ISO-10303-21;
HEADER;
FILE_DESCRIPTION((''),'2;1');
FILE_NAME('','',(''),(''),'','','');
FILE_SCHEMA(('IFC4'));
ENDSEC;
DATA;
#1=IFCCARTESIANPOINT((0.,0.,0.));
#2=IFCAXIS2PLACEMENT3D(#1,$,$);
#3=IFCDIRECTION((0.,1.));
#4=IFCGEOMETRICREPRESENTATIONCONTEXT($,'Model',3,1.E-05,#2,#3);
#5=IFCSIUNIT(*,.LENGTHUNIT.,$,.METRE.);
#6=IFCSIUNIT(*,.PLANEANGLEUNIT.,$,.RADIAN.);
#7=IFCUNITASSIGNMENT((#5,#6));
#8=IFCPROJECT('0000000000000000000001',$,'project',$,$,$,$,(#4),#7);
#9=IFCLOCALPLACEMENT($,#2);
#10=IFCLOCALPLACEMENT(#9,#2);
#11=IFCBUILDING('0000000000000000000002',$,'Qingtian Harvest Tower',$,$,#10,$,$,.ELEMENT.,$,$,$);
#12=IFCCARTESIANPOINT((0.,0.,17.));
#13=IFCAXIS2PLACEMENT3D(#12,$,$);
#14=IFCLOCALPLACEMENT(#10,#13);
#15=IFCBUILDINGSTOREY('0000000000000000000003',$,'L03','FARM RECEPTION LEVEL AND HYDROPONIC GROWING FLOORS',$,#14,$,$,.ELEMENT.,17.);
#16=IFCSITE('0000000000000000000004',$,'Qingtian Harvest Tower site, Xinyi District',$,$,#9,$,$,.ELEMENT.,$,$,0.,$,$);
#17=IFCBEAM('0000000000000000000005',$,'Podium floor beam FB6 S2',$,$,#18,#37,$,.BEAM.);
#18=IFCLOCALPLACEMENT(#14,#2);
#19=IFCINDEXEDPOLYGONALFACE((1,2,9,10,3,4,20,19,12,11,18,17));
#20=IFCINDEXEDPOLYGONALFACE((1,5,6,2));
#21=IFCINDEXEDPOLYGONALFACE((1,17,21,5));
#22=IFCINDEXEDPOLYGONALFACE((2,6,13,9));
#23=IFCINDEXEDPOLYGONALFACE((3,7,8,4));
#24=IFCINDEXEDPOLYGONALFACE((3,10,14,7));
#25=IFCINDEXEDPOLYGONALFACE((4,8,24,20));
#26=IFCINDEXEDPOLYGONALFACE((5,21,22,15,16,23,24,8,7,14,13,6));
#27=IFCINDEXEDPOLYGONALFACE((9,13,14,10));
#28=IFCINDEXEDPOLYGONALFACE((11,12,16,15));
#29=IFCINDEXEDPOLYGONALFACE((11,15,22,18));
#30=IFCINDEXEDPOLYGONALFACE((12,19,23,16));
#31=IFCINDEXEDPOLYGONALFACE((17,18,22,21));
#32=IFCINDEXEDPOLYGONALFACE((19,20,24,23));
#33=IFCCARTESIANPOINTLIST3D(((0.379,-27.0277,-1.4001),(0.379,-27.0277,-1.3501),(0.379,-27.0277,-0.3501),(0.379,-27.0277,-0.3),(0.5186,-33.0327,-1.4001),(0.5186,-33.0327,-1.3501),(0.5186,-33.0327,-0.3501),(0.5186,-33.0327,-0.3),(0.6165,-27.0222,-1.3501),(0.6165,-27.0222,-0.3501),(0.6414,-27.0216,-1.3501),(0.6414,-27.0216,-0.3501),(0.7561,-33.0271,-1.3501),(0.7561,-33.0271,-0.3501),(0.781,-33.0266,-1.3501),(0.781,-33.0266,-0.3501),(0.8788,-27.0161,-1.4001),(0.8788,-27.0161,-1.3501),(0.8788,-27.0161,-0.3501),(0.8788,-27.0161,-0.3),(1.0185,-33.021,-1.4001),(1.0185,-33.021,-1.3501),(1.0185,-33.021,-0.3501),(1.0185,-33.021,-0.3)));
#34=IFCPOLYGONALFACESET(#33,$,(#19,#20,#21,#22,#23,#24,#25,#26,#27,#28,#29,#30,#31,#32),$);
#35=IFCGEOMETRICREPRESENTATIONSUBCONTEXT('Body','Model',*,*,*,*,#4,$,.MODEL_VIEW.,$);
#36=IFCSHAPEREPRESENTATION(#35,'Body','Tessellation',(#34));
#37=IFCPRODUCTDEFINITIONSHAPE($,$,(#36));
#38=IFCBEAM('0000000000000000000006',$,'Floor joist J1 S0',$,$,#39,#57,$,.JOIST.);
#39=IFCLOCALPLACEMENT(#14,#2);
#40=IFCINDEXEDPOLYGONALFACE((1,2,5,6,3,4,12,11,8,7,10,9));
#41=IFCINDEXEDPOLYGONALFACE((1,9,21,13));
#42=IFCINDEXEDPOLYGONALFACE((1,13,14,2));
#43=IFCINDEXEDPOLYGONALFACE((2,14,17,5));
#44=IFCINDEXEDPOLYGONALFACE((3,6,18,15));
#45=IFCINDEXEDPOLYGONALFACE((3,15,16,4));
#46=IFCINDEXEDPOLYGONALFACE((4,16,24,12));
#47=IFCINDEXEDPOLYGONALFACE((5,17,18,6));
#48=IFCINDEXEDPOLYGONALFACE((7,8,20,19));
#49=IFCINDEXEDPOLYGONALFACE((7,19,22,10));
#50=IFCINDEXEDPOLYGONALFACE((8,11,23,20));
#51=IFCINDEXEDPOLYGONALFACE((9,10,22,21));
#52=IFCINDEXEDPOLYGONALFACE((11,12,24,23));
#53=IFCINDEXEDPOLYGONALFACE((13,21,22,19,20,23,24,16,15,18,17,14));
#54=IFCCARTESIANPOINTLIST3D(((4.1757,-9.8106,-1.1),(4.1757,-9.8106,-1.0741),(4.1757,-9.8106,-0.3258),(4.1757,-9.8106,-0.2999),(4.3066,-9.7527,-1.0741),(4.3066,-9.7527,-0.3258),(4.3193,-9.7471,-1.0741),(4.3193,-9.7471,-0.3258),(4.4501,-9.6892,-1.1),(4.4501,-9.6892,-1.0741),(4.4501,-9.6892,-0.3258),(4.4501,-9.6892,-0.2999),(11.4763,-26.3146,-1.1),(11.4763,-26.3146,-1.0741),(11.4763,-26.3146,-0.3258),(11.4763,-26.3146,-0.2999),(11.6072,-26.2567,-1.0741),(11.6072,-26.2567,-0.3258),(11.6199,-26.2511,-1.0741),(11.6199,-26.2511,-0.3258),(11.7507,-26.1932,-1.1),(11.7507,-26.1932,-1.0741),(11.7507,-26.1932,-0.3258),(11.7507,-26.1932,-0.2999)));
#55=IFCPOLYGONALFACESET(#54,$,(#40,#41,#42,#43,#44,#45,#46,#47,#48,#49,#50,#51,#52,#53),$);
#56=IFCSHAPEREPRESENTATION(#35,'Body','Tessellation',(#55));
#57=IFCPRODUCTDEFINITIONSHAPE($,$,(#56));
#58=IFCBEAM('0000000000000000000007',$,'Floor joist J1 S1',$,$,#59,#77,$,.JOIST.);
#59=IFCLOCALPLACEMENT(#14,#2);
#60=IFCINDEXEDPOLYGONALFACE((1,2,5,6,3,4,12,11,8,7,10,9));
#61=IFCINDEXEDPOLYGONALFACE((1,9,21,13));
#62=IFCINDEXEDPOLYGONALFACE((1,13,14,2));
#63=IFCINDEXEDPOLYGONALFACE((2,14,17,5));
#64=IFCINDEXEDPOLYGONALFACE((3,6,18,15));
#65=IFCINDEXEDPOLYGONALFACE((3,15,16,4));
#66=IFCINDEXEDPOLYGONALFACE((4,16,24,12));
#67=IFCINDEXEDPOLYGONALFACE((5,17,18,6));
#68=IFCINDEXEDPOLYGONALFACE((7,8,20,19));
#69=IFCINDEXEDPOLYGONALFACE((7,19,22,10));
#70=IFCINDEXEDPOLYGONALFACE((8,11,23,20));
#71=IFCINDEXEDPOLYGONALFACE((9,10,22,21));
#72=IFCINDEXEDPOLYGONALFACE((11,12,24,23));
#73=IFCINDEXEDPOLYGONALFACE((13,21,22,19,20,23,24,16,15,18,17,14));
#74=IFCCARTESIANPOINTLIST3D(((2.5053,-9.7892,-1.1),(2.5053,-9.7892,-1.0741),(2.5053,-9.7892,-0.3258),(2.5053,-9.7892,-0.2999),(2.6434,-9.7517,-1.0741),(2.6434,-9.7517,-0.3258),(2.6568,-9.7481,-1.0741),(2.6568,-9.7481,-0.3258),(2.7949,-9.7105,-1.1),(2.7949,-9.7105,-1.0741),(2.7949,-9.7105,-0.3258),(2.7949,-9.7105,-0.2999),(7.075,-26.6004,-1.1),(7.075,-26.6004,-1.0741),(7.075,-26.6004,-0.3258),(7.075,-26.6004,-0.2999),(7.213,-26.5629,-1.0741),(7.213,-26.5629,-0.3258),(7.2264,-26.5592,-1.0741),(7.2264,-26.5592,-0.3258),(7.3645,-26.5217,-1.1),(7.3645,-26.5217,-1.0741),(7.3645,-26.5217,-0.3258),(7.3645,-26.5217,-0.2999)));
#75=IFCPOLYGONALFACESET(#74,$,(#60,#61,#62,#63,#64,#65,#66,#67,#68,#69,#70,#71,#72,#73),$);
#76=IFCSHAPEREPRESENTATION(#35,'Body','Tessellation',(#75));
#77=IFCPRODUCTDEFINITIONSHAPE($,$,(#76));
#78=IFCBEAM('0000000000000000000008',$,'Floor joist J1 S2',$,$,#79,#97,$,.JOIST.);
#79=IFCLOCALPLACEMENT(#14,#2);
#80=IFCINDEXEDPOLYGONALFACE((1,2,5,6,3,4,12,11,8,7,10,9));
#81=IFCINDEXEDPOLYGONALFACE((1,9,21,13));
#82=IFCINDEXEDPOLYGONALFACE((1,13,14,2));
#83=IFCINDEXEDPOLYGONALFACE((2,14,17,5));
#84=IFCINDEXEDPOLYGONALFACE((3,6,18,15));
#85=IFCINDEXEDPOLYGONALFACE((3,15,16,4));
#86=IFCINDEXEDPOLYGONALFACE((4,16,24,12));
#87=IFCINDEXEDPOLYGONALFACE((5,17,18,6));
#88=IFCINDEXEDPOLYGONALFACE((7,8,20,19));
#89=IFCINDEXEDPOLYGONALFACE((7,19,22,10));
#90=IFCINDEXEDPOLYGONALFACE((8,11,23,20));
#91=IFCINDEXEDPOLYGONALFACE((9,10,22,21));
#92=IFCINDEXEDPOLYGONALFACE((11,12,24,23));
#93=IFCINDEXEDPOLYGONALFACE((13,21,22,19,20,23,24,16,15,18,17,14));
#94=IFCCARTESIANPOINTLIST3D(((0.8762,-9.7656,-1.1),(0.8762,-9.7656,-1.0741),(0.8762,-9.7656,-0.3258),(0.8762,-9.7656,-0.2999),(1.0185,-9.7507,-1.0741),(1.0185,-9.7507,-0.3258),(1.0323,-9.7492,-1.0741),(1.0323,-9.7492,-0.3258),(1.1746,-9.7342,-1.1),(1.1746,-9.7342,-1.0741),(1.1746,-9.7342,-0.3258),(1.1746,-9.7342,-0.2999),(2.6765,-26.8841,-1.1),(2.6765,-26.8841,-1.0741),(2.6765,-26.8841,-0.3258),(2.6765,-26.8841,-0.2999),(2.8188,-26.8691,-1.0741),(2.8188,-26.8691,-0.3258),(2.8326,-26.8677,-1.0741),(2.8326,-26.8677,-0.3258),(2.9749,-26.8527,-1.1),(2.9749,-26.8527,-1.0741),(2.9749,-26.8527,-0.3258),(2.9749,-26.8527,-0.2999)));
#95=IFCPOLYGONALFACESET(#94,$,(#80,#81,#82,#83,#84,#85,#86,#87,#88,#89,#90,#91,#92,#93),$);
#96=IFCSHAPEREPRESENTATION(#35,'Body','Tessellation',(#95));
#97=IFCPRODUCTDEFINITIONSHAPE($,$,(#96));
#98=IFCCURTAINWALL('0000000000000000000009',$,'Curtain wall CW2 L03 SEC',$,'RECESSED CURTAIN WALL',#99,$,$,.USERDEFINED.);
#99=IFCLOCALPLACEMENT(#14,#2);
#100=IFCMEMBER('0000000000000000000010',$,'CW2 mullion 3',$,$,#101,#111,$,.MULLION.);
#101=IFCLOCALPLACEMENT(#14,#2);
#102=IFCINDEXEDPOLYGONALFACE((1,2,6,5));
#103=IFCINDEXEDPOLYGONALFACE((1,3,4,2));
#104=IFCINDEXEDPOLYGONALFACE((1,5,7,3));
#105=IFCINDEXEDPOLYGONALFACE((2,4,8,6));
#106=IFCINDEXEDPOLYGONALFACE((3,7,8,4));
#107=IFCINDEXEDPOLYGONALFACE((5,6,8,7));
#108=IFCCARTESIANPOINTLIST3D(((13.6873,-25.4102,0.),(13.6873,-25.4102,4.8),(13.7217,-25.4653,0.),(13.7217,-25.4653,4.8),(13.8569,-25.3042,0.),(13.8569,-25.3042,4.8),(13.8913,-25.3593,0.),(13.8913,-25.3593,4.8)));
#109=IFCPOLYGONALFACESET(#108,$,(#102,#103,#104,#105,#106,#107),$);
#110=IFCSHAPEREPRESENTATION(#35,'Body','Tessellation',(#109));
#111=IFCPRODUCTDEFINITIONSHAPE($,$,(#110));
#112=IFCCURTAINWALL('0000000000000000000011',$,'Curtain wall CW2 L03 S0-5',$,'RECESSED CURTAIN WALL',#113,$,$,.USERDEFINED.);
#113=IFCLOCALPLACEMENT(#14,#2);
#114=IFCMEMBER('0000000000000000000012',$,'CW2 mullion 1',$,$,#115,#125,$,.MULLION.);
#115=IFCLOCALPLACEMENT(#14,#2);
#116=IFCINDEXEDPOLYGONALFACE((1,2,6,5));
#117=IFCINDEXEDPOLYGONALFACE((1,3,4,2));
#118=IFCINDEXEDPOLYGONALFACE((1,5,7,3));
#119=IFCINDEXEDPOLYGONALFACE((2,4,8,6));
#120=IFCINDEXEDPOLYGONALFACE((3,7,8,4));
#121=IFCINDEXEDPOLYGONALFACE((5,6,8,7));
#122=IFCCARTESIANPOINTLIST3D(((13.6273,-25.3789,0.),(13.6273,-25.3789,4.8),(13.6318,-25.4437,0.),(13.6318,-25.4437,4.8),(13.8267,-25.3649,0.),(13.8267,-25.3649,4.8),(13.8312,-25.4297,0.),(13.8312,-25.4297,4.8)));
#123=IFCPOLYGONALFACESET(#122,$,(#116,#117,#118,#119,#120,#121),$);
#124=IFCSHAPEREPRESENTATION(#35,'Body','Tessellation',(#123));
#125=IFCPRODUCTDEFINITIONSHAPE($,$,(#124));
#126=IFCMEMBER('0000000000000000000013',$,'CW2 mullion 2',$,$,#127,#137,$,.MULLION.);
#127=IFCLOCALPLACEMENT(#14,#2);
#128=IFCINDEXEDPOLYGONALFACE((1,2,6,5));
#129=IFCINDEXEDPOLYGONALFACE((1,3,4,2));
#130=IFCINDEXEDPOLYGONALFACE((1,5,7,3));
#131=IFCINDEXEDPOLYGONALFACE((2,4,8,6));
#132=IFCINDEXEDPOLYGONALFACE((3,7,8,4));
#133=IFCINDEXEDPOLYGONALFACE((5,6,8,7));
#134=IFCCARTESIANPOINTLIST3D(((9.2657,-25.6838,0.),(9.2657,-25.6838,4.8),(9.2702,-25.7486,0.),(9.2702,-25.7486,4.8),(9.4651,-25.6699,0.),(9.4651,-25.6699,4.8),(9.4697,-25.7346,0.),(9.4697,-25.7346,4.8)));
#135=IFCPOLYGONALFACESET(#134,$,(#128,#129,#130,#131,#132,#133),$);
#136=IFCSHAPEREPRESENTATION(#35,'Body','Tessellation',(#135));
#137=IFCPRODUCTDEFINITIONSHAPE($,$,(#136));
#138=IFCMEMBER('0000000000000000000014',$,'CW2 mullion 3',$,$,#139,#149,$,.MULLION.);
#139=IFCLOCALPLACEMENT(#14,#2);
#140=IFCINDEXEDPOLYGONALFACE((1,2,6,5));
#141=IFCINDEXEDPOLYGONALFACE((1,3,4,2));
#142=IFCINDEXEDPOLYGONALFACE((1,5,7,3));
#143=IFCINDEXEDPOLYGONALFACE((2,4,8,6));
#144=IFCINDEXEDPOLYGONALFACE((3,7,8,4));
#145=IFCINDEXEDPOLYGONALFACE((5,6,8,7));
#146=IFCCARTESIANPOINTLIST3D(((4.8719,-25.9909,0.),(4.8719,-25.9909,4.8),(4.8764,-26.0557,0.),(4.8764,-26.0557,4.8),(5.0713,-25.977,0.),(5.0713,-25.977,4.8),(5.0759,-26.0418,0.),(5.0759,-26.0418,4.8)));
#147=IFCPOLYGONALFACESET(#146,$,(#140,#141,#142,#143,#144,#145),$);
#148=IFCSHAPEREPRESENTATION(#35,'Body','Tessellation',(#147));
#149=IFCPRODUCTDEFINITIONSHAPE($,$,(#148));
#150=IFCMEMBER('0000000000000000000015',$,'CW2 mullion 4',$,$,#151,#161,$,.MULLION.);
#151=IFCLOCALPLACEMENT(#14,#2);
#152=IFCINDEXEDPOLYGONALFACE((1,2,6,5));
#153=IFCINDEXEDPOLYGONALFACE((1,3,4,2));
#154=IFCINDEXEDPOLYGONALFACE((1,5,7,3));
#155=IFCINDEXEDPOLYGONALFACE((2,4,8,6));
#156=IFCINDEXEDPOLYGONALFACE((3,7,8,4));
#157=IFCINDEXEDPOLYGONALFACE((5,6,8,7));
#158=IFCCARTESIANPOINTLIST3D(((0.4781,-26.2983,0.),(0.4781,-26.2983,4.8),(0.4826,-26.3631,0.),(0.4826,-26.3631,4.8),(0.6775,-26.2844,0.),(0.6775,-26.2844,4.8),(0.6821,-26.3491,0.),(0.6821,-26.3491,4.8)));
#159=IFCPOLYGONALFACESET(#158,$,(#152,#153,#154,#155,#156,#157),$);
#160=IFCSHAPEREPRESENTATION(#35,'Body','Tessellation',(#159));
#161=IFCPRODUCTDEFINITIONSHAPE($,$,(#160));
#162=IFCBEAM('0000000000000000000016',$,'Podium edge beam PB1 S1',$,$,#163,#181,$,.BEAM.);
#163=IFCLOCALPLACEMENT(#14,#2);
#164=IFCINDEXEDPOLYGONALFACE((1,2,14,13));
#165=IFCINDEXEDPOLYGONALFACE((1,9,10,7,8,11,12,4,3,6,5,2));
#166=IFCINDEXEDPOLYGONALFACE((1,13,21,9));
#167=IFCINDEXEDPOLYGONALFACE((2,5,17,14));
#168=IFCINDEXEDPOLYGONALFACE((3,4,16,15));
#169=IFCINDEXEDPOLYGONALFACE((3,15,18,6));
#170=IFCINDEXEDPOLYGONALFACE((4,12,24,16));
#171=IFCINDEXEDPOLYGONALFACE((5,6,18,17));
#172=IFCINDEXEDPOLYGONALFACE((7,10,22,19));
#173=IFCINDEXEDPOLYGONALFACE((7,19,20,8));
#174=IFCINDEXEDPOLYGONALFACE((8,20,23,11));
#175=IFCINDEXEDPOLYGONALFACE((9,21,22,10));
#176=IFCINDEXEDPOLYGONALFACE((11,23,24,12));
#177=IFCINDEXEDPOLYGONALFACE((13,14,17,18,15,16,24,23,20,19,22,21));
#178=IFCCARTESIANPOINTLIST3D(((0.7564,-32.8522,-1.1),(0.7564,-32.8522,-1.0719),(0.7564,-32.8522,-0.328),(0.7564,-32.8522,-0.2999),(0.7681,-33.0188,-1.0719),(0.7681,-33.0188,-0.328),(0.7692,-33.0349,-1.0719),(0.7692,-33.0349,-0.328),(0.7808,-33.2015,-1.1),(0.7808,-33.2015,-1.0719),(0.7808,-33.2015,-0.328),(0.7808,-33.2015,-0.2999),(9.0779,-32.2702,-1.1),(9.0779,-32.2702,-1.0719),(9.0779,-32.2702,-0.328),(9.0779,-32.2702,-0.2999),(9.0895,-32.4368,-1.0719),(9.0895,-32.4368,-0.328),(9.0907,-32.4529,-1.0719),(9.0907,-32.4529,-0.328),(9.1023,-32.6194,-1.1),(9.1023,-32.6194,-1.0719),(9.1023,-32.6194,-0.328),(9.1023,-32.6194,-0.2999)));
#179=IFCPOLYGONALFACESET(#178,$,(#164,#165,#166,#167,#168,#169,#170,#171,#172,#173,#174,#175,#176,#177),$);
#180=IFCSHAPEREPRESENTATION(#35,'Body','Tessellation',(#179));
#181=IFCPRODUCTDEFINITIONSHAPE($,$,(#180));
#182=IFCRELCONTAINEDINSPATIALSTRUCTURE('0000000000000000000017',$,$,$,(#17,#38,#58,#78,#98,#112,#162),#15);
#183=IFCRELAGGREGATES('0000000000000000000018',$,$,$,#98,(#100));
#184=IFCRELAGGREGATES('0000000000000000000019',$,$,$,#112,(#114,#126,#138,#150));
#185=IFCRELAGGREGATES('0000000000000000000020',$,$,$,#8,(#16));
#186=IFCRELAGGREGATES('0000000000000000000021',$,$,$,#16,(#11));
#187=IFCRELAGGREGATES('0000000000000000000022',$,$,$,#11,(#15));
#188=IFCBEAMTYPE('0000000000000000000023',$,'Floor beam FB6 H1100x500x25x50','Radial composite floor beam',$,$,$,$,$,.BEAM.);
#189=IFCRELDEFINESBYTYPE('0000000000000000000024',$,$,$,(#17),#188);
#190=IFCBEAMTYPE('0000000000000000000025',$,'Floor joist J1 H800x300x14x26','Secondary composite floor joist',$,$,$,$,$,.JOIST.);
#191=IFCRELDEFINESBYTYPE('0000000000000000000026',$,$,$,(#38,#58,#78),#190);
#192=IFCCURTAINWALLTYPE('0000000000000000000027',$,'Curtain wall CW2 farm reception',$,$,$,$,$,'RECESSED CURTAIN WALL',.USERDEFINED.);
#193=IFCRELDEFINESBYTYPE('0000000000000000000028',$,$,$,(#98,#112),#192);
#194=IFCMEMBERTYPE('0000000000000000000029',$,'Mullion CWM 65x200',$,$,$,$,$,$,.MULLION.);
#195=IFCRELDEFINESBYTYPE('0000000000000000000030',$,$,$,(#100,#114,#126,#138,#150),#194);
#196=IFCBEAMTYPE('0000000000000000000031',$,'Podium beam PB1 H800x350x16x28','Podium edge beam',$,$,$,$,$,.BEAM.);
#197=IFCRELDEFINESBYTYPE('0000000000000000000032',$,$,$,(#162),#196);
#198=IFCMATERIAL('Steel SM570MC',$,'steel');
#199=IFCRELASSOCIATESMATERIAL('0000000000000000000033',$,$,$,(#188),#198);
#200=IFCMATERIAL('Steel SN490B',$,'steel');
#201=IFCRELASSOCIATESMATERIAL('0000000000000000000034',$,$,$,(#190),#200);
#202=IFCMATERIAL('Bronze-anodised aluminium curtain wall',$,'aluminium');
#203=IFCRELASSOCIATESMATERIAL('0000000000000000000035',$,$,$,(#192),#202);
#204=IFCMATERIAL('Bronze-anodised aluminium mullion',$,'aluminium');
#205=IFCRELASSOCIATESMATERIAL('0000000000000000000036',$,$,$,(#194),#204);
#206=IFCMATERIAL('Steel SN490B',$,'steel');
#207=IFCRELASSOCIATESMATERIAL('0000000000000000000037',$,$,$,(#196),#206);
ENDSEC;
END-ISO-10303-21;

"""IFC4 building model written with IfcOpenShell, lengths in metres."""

from ifc_helpers import new_model, si_unit, direction, frame, origin, origin_2d, place, context, subcontext, project, spatial, rectangle, i_section, extrude, material, material_profile, profile_set, type_object, element, aggregate, save


model = new_model("IFC4")

# Units and contexts
model_context = context("Model", 3, precision=1e-05, world=origin(), true_north=direction((0.0, 1.0)))
body_context = subcontext(model_context, "Body", "Model", "MODEL_VIEW")
ifc_project = project(units=[si_unit("LENGTHUNIT", "METRE"), si_unit("PLANEANGLEUNIT", "RADIAN")], contexts=[model_context])

# Site, building, storey
site_placement = place(None, origin())
site = spatial("IfcSite", under=ifc_project, at=site_placement, Name="Qingtian Harvest Tower site, Xinyi District", CompositionType="ELEMENT", RefElevation=0.0)
building_placement = place(site_placement, origin())
building = spatial("IfcBuilding", under=site, at=building_placement, Name="Qingtian Harvest Tower", CompositionType="ELEMENT")
storey_placement = place(building_placement, frame((0.0, 0.0, 17.0)))
storey = spatial("IfcBuildingStorey", under=building, at=storey_placement, Name="L03", Description="FARM RECEPTION LEVEL AND HYDROPONIC GROWING FLOORS", CompositionType="ELEMENT", Elevation=17.0)

# Beams
ifc_material_1 = material(Name="Steel SM570MC", Category="steel")
ifc_material_profile_1 = material_profile(ifc_material_1, i_section(OverallWidth=0.5, OverallDepth=1.1001, WebThickness=0.0249, FlangeThickness=0.05, at=origin_2d()), Name="H1100x500x25x50")
ifc_profile_set_1 = profile_set([ifc_material_profile_1], Name="Steel SM570MC")
beam_type_1 = type_object("IfcBeamType", Name="Floor beam FB6 H1100x500x25x50", Description="Radial composite floor beam", PredefinedType="BEAM", material=ifc_profile_set_1)
beam_1_placement = place(storey_placement, frame((0.7686, -33.0269, -0.8501), z_axis=(-0.02325, 0.99973, 0.0), x_axis=(-0.99973, -0.02325, 0.0)))
element("IfcBeam", 1, at=beam_1_placement, inside=storey, type_object=beam_type_1, Name="Podium floor beam FB6 S2", PredefinedType="BEAM", context=body_context, shape_type="SweptSolid", body=[
    extrude(i_section(OverallWidth=0.5, OverallDepth=1.1001, WebThickness=0.0249, FlangeThickness=0.05, at=origin_2d()), origin(), (0.0, 0.0, 1.0), 6.0066),
])
ifc_material_2 = material(Name="Steel SN490B", Category="steel")
ifc_material_profile_2 = material_profile(ifc_material_2, i_section(OverallWidth=0.3, OverallDepth=0.8, WebThickness=0.0139, FlangeThickness=0.0259, at=origin_2d()), Name="H800x300x14x26")
ifc_profile_set_2 = profile_set([ifc_material_profile_2], Name="Steel SN490B")
beam_type_2 = type_object("IfcBeamType", Name="Floor joist J1 H800x300x14x26", Description="Secondary composite floor joist", PredefinedType="JOIST", material=ifc_profile_set_2)
beam_2_placement = place(storey_placement, frame((11.6135, -26.2539, -0.7), z_axis=(-0.40454, 0.91452, 0.0), x_axis=(-0.91452, -0.40454, 0.0)))
element("IfcBeam", 2, at=beam_2_placement, inside=storey, type_object=beam_type_2, Name="Floor joist J1 S0", PredefinedType="JOIST", context=body_context, shape_type="SweptSolid", body=[
    extrude(i_section(OverallWidth=0.3, OverallDepth=0.8, WebThickness=0.0139, FlangeThickness=0.0259, at=origin_2d()), origin(), (0.0, 0.0, 1.0), 18.0466),
])
beam_3_placement = place(storey_placement, frame((7.2197, -26.561, -0.7), z_axis=(-0.262303, 0.964986, 0.0), x_axis=(-0.964986, -0.262303, 0.0)))
element("IfcBeam", 3, at=beam_3_placement, inside=storey, type_object=beam_type_2, Name="Floor joist J1 S1", PredefinedType="JOIST", context=body_context, shape_type="SweptSolid", body=[
    extrude(i_section(OverallWidth=0.3, OverallDepth=0.8, WebThickness=0.0139, FlangeThickness=0.0259, at=origin_2d()), origin(), (0.0, 0.0, 1.0), 17.4211),
])
beam_4_placement = place(storey_placement, frame((2.8257, -26.8684, -0.7), z_axis=(-0.10459, 0.994515, 0.0), x_axis=(-0.994515, -0.10459, 0.0)))
element("IfcBeam", 4, at=beam_4_placement, inside=storey, type_object=beam_type_2, Name="Floor joist J1 S2", PredefinedType="JOIST", context=body_context, shape_type="SweptSolid", body=[
    extrude(i_section(OverallWidth=0.3, OverallDepth=0.8, WebThickness=0.0139, FlangeThickness=0.0259, at=origin_2d()), origin(), (0.0, 0.0, 1.0), 17.2129),
])

# Curtain wall, member
ifc_material_3 = material(Name="Bronze-anodised aluminium curtain wall", Category="aluminium")
curtain_wall_type = type_object("IfcCurtainWallType", Name="Curtain wall CW2 farm reception", ElementType="RECESSED CURTAIN WALL", PredefinedType="USERDEFINED", material=ifc_material_3)
curtain_wall_1_placement = place(storey_placement, origin())
curtain_wall_1 = element("IfcCurtainWall", 5, at=curtain_wall_1_placement, inside=storey, type_object=curtain_wall_type, Name="Curtain wall CW2 L03 SEC", ObjectType="RECESSED CURTAIN WALL", PredefinedType="USERDEFINED")
ifc_material_4 = material(Name="Bronze-anodised aluminium mullion", Category="aluminium")
ifc_material_profile_3 = material_profile(ifc_material_4, rectangle(XDim=0.0649, YDim=0.2, at=origin_2d()), Name="AL 65x200")
ifc_profile_set_3 = profile_set([ifc_material_profile_3], Name="Bronze-anodised aluminium mullion")
member_type_1 = type_object("IfcMemberType", Name="Mullion CWM 65x200", PredefinedType="MULLION", material=ifc_profile_set_3)
member_1_placement = place(storey_placement, frame((13.7893, -25.3848, 0.0), z_axis=(0.0, 0.0, 1.0), x_axis=(0.529919, -0.848048, 0.0)))
member_1 = element("IfcMember", 6, at=member_1_placement, type_object=member_type_1, Name="CW2 mullion 3", PredefinedType="MULLION", context=body_context, shape_type="SweptSolid", body=[
    extrude(rectangle(XDim=0.0649, YDim=0.2, at=origin_2d()), origin(), (0.0, 0.0, 1.0), 4.8),
])
aggregate(curtain_wall_1, [member_1])

# Curtain wall, members
curtain_wall_2_placement = place(storey_placement, origin())
curtain_wall_2 = element("IfcCurtainWall", 7, at=curtain_wall_2_placement, inside=storey, type_object=curtain_wall_type, Name="Curtain wall CW2 L03 S0-5", ObjectType="RECESSED CURTAIN WALL", PredefinedType="USERDEFINED")
member_2_placement = place(storey_placement, frame((13.7292, -25.4043, 0.0), z_axis=(0.0, 0.0, 1.0), x_axis=(0.069756, -0.997564, 0.0)))
member_2 = element("IfcMember", 8, at=member_2_placement, type_object=member_type_1, Name="CW2 mullion 1", PredefinedType="MULLION", context=body_context, shape_type="SweptSolid", body=[
    extrude(rectangle(XDim=0.0649, YDim=0.2, at=origin_2d()), origin(), (0.0, 0.0, 1.0), 4.8),
])
member_3_placement = place(storey_placement, frame((9.3677, -25.7092, 0.0), z_axis=(0.0, 0.0, 1.0), x_axis=(0.069756, -0.997564, 0.0)))
member_3 = element("IfcMember", 9, at=member_3_placement, type_object=member_type_1, Name="CW2 mullion 2", PredefinedType="MULLION", context=body_context, shape_type="SweptSolid", body=[
    extrude(rectangle(XDim=0.0649, YDim=0.2, at=origin_2d()), origin(), (0.0, 0.0, 1.0), 4.8),
])
member_4_placement = place(storey_placement, frame((4.9739, -26.0164, 0.0), z_axis=(0.0, 0.0, 1.0), x_axis=(0.069756, -0.997564, 0.0)))
member_4 = element("IfcMember", 10, at=member_4_placement, type_object=member_type_1, Name="CW2 mullion 3", PredefinedType="MULLION", context=body_context, shape_type="SweptSolid", body=[
    extrude(rectangle(XDim=0.0649, YDim=0.2, at=origin_2d()), origin(), (0.0, 0.0, 1.0), 4.8),
])
member_5_placement = place(storey_placement, frame((0.5801, -26.3237, 0.0), z_axis=(0.0, 0.0, 1.0), x_axis=(0.069756, -0.997564, 0.0)))
member_5 = element("IfcMember", 11, at=member_5_placement, type_object=member_type_1, Name="CW2 mullion 4", PredefinedType="MULLION", context=body_context, shape_type="SweptSolid", body=[
    extrude(rectangle(XDim=0.0649, YDim=0.2, at=origin_2d()), origin(), (0.0, 0.0, 1.0), 4.8),
])

# Beam
ifc_material_5 = material(Name="Steel SN490B", Category="steel")
ifc_material_profile_4 = material_profile(ifc_material_5, i_section(OverallWidth=0.3501, OverallDepth=0.8, WebThickness=0.0161, FlangeThickness=0.0281, at=origin_2d()), Name="H800x350x16x28")
ifc_profile_set_4 = profile_set([ifc_material_profile_4], Name="Steel SN490B")
beam_type_3 = type_object("IfcBeamType", Name="Podium beam PB1 H800x350x16x28", Description="Podium edge beam", PredefinedType="BEAM", material=ifc_profile_set_4)
for number, where, z_axis, x_axis, name in (
    (12, (9.0901, -32.4448, -0.7), (-0.997563, -0.069772, 0.0), (0.069772, -0.997563, 0.0), "Podium edge beam PB1 S1"),
):
    element("IfcBeam", number, at=place(storey_placement, frame(where, z_axis=z_axis, x_axis=x_axis)), inside=storey, type_object=beam_type_3, Name=name, PredefinedType="BEAM", context=body_context, shape_type="SweptSolid", body=[
        extrude(i_section(OverallWidth=0.3501, OverallDepth=0.8, WebThickness=0.0161, FlangeThickness=0.0281, at=origin_2d()), origin(), (0.0, 0.0, 1.0), 8.3418),
    ])

aggregate(curtain_wall_2, [member_2, member_3, member_4, member_5])

save(model, "model.ifc")
